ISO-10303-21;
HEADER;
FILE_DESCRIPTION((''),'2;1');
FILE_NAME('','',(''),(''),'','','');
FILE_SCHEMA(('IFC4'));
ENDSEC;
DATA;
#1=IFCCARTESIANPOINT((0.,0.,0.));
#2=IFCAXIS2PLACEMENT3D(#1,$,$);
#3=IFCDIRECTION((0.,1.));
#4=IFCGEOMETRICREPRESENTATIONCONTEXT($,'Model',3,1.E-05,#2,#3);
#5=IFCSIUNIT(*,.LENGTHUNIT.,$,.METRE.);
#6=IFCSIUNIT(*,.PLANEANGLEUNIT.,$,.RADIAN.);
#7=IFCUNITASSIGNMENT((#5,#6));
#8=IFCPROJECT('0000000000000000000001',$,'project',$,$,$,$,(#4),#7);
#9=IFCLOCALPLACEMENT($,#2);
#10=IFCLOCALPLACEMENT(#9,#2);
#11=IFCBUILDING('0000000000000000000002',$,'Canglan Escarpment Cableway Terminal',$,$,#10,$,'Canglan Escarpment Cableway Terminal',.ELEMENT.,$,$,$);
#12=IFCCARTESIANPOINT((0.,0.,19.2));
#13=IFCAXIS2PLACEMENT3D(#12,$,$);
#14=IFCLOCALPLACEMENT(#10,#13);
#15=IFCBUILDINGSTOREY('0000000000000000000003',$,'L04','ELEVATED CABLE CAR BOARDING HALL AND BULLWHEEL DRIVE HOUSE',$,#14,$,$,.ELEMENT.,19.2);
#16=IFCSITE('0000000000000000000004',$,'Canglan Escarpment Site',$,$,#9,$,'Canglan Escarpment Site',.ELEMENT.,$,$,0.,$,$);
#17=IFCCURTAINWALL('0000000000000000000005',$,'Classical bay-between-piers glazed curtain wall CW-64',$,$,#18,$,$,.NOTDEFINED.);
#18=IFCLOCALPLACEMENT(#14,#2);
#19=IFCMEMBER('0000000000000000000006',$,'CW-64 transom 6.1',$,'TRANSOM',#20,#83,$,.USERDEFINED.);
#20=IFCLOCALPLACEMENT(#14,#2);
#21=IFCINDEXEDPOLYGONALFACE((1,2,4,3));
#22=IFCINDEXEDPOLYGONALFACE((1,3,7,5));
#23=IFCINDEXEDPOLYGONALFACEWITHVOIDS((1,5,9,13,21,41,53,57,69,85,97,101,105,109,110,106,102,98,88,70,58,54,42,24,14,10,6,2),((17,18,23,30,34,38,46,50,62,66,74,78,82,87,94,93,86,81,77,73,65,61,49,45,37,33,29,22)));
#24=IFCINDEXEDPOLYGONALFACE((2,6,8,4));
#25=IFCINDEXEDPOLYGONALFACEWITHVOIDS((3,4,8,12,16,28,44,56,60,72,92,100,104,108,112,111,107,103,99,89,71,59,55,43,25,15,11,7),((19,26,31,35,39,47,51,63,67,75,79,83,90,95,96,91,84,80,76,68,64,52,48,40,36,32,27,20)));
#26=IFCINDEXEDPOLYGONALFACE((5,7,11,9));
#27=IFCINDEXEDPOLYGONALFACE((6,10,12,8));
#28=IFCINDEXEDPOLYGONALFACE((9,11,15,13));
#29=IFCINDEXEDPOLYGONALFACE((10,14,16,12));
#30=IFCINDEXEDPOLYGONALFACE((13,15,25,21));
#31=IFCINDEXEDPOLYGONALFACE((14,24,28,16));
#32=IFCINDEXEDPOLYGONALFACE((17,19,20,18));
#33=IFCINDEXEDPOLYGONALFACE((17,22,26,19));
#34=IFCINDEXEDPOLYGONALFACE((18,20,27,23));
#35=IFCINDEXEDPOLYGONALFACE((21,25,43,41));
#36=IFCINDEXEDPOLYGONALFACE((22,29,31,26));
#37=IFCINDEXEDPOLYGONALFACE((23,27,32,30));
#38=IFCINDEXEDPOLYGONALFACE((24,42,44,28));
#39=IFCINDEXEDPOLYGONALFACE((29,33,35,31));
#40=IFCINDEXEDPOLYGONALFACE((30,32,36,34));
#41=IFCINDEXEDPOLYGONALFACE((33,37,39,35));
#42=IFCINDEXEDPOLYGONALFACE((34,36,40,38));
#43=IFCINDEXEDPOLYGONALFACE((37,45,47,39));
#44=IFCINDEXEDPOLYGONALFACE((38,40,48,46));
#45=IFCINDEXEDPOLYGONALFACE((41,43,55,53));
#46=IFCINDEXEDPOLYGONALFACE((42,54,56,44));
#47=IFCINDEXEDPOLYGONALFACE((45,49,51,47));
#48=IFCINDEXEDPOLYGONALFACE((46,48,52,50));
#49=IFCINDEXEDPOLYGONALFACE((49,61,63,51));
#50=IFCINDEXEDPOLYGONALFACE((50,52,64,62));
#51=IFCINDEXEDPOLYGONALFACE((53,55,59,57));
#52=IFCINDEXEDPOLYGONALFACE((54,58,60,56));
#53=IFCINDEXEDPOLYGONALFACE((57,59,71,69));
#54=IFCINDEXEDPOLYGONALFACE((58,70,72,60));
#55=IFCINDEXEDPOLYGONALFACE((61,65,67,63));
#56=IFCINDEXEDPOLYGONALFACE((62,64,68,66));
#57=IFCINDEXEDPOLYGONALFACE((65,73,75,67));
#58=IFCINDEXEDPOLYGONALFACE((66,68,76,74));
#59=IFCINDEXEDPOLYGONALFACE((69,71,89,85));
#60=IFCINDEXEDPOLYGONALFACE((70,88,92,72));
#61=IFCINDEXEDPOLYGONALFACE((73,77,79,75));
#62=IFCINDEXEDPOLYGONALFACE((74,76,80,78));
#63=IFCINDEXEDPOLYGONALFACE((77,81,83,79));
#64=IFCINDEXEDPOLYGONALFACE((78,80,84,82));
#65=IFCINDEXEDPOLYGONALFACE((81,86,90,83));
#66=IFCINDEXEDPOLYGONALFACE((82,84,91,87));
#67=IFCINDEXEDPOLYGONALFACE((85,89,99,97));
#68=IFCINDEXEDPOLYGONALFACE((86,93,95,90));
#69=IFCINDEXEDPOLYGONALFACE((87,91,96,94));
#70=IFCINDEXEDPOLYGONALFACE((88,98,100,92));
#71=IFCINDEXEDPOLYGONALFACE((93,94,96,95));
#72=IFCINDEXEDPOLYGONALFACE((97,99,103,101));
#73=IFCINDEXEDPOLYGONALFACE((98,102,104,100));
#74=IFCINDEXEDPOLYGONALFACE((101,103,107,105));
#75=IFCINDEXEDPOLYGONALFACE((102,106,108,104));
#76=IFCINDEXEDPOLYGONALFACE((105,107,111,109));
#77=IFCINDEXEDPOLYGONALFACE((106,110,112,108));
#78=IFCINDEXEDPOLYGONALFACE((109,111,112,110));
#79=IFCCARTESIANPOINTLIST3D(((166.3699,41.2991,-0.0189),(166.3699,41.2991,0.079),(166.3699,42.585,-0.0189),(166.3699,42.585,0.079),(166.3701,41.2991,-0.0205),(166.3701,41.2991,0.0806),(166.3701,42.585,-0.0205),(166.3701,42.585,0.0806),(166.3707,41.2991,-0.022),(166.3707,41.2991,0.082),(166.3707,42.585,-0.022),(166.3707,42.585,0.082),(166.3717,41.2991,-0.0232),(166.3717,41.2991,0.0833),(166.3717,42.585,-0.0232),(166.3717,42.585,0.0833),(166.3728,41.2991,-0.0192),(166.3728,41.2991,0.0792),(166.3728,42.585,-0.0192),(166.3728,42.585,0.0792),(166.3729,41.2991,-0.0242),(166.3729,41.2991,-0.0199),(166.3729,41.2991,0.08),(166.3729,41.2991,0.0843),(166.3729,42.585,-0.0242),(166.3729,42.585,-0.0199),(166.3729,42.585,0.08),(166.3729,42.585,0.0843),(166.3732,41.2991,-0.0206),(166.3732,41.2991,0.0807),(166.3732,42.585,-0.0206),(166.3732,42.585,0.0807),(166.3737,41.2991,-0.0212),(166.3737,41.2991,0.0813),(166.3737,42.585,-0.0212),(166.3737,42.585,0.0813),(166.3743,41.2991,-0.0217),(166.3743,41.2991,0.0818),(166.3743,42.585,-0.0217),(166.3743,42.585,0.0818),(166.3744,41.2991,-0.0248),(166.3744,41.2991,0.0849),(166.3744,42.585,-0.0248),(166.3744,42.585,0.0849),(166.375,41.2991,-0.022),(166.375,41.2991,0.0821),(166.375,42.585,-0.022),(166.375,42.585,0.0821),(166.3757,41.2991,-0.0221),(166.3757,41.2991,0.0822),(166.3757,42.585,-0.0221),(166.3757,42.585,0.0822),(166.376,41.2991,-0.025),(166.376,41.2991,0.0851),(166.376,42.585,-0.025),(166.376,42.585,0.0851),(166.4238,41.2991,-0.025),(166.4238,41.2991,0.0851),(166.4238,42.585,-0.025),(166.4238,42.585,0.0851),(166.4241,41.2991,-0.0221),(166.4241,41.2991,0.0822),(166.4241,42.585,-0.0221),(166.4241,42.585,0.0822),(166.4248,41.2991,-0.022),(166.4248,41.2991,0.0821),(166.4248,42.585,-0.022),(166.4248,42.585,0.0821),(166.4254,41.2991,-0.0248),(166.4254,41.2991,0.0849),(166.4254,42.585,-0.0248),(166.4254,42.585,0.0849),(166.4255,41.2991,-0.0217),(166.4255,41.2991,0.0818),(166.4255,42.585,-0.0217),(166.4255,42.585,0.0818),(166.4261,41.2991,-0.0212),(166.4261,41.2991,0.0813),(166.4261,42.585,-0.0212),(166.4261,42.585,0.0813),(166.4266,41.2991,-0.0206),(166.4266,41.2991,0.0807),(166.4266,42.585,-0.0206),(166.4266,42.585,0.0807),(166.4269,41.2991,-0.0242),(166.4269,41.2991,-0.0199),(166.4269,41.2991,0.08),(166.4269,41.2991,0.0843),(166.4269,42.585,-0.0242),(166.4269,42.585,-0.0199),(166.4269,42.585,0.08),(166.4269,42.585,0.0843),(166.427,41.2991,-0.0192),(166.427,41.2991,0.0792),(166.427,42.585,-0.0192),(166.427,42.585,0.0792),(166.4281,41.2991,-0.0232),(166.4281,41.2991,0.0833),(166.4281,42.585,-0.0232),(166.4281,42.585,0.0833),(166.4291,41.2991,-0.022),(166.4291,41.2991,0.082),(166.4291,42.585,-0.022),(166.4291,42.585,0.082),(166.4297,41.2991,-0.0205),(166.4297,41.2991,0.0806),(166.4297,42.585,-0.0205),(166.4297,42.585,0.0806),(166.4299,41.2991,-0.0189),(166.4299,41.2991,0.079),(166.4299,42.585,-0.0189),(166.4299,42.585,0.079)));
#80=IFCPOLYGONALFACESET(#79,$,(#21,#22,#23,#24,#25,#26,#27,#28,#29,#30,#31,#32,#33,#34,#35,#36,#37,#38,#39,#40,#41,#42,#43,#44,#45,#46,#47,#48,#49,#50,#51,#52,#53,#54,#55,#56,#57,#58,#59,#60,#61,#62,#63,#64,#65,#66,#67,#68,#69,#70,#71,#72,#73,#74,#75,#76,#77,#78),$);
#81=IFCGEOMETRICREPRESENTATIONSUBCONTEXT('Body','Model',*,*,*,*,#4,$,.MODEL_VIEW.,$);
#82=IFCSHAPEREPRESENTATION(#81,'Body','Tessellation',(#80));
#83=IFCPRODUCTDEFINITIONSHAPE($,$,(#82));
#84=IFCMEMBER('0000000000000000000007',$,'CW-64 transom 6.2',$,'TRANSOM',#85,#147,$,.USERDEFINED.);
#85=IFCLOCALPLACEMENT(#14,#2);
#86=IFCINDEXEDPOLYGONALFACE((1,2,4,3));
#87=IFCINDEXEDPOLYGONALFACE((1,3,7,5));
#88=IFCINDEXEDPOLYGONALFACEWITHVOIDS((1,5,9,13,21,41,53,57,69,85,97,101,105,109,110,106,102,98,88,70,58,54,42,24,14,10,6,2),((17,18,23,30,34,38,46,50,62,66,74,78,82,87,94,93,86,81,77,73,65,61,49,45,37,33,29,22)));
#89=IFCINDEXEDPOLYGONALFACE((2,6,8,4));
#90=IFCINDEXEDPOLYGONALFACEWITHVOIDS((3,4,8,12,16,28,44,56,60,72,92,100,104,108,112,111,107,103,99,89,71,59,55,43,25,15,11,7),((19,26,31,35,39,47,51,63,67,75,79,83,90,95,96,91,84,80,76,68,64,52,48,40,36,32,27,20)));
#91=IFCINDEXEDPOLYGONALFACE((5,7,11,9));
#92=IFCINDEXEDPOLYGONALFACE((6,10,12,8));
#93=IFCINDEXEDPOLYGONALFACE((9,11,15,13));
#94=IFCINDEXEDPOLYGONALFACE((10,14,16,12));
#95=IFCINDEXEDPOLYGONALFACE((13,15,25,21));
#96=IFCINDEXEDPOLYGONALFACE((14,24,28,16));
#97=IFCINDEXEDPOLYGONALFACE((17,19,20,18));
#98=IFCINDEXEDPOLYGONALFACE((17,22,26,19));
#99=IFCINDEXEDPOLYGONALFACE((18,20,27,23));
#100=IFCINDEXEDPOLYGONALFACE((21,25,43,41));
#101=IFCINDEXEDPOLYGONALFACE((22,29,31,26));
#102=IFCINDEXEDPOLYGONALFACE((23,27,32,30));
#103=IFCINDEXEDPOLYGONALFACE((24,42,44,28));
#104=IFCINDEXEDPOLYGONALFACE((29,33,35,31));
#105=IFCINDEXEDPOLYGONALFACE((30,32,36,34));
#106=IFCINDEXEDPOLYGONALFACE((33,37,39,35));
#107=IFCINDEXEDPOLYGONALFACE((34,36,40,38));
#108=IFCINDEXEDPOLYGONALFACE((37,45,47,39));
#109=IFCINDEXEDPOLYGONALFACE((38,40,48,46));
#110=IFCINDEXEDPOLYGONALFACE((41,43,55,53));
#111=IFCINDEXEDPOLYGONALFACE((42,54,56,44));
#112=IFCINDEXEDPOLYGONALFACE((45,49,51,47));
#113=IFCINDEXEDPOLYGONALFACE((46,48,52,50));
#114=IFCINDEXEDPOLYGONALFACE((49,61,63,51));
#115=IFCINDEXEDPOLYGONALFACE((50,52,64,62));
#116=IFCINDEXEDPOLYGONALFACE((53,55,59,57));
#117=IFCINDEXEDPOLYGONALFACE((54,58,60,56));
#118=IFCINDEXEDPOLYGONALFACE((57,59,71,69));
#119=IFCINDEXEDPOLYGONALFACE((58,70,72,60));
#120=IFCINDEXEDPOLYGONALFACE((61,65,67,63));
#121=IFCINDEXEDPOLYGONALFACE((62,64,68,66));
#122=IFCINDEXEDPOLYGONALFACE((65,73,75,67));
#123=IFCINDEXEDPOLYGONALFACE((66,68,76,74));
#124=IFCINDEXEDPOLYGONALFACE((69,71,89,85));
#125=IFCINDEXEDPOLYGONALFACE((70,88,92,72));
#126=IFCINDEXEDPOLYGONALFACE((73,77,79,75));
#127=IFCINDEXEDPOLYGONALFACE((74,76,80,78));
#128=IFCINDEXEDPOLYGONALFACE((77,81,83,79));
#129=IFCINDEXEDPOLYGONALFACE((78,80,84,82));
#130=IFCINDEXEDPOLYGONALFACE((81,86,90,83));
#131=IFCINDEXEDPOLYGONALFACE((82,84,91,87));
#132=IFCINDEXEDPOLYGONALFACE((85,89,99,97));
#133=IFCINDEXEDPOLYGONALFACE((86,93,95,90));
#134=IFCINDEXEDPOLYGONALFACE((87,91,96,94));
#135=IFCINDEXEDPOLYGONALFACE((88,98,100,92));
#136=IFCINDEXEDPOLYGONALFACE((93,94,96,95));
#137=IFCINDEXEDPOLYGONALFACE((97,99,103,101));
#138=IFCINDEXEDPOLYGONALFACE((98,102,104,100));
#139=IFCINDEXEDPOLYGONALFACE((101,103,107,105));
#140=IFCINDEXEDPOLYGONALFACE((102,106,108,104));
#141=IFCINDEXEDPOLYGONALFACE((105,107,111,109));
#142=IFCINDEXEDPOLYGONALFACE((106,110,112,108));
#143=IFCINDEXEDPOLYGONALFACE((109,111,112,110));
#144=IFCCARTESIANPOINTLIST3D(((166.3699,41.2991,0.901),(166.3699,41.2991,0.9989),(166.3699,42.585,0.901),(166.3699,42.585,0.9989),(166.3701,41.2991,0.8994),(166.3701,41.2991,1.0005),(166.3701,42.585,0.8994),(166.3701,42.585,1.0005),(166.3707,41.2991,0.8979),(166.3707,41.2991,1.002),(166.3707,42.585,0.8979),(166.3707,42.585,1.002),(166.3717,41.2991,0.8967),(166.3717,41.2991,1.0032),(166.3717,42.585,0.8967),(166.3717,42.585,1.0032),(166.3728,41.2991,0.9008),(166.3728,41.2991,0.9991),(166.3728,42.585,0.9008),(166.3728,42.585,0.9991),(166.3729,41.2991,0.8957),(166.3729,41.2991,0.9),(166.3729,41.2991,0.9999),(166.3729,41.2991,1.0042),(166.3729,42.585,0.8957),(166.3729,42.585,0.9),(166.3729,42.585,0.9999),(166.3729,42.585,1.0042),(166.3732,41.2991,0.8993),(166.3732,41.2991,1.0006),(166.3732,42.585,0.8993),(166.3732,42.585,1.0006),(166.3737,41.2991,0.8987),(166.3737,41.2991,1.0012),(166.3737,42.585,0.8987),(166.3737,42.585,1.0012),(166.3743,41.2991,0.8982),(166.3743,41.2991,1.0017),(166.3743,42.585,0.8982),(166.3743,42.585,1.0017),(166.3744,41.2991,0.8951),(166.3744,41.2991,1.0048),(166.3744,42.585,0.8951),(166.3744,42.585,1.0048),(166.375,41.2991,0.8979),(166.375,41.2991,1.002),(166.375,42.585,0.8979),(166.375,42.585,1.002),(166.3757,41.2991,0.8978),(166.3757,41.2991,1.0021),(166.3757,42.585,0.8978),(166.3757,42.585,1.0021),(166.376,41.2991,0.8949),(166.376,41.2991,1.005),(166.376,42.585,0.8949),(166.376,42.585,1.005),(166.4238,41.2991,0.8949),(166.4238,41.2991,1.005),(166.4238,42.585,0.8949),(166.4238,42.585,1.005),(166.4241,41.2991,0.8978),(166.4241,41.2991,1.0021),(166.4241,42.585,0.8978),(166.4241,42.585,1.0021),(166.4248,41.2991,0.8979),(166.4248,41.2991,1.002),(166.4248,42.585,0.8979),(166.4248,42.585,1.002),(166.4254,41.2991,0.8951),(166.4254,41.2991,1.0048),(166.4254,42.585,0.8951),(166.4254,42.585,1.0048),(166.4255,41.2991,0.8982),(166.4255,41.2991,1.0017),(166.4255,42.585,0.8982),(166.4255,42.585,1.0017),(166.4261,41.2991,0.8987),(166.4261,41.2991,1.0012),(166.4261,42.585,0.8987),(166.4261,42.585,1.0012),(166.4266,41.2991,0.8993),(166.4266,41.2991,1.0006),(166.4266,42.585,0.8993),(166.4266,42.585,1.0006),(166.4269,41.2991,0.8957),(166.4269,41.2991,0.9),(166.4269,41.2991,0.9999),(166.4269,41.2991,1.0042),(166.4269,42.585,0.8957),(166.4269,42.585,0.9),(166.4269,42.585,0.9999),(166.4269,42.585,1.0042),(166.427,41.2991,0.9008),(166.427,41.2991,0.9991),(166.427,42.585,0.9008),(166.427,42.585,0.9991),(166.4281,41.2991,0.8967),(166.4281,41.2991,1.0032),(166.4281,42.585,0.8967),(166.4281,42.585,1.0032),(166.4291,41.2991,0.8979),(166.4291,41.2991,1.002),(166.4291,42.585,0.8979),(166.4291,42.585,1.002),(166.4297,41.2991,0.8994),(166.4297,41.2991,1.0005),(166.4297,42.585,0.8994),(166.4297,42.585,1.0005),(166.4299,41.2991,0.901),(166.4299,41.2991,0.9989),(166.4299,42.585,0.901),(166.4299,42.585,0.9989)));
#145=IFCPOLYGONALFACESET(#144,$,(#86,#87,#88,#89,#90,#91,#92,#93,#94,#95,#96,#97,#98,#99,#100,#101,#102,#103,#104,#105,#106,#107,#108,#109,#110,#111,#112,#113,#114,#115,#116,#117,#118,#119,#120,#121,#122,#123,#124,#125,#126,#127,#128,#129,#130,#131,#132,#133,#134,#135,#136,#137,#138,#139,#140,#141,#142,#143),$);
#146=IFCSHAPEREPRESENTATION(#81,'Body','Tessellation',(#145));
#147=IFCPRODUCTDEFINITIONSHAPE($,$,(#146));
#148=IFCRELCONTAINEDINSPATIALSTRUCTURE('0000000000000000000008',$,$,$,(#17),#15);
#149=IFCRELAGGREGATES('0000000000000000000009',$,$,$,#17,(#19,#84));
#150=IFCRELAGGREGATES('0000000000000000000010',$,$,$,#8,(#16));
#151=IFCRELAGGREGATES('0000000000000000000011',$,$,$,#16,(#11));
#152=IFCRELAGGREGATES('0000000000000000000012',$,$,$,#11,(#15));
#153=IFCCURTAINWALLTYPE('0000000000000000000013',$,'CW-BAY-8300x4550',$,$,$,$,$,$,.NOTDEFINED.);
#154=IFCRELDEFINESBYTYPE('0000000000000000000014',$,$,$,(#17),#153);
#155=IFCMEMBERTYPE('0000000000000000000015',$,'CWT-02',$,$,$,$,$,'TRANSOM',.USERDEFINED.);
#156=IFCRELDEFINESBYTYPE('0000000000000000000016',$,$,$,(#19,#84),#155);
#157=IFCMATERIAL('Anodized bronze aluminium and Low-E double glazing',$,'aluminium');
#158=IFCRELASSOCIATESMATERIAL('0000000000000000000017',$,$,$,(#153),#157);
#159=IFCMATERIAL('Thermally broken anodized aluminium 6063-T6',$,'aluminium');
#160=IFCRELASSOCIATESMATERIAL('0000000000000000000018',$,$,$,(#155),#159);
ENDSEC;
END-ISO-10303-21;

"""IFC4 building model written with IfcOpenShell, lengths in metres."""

from ifc_helpers import new_model, si_unit, direction, frame, origin, origin_2d, place, context, subcontext, project, spatial, hollow_rectangle, extrude, material, material_profile, profile_set, type_object, element, aggregate, save


model = new_model("IFC4")

# Units and contexts
model_context = context("Model", 3, precision=1e-05, world=origin(), true_north=direction((0.0, 1.0)))
body_context = subcontext(model_context, "Body", "Model", "MODEL_VIEW")
ifc_project = project(units=[si_unit("LENGTHUNIT", "METRE"), si_unit("PLANEANGLEUNIT", "RADIAN")], contexts=[model_context])

# Site, building, storey
site_placement = place(None, origin())
site = spatial("IfcSite", under=ifc_project, at=site_placement, Name="Canglan Escarpment Site", LongName="Canglan Escarpment Site", CompositionType="ELEMENT", RefElevation=0.0)
building_placement = place(site_placement, origin())
building = spatial("IfcBuilding", under=site, at=building_placement, Name="Canglan Escarpment Cableway Terminal", LongName="Canglan Escarpment Cableway Terminal", CompositionType="ELEMENT")
storey_placement = place(building_placement, frame((0.0, 0.0, 19.2)))
storey = spatial("IfcBuildingStorey", under=building, at=storey_placement, Name="L04", Description="ELEVATED CABLE CAR BOARDING HALL AND BULLWHEEL DRIVE HOUSE", CompositionType="ELEMENT", Elevation=19.2)

# Curtain wall
ifc_material_1 = material(Name="Anodized bronze aluminium and Low-E double glazing", Category="aluminium")
curtain_wall_type = type_object("IfcCurtainWallType", Name="CW-BAY-8300x4550", PredefinedType="NOTDEFINED", material=ifc_material_1)
curtain_wall_1_placement = place(storey_placement, origin())
curtain_wall_1 = element("IfcCurtainWall", 1, at=curtain_wall_1_placement, inside=storey, type_object=curtain_wall_type, Name="Classical bay-between-piers glazed curtain wall CW-64", PredefinedType="NOTDEFINED")
ifc_material_2 = material(Name="Thermally broken anodized aluminium 6063-T6", Category="aluminium")

# Members
ifc_material_profile_1 = material_profile(ifc_material_2, hollow_rectangle(XDim=0.0601, YDim=0.1101, WallThickness=0.0029, InnerFilletRadius=0.0029, OuterFilletRadius=0.0061, at=origin_2d()), Name="ALU-TRAN 60x110x3")
ifc_profile_set_1 = profile_set([ifc_material_profile_1], Name="Thermally broken anodized aluminium 6063-T6")
member_type_1 = type_object("IfcMemberType", Name="CWT-02", ElementType="TRANSOM", PredefinedType="USERDEFINED", material=ifc_profile_set_1)
member_1_placement = place(storey_placement, frame((166.3999, 41.2991, 0.03), z_axis=(0.0, 1.0, 0.0), x_axis=(-1.0, 0.0, 0.0)))
member_1 = element("IfcMember", 2, at=member_1_placement, type_object=member_type_1, Name="CW-64 transom 6.1", ObjectType="TRANSOM", PredefinedType="USERDEFINED", context=body_context, shape_type="SweptSolid", body=[
    extrude(hollow_rectangle(XDim=0.0601, YDim=0.1101, WallThickness=0.0029, InnerFilletRadius=0.0029, OuterFilletRadius=0.0061, at=origin_2d()), origin(), (0.0, 0.0, 1.0), 1.2859),
])
member_2_placement = place(storey_placement, frame((166.3999, 41.2991, 0.95), z_axis=(0.0, 1.0, 0.0), x_axis=(-1.0, 0.0, 0.0)))
member_2 = element("IfcMember", 3, at=member_2_placement, type_object=member_type_1, Name="CW-64 transom 6.2", ObjectType="TRANSOM", PredefinedType="USERDEFINED", context=body_context, shape_type="SweptSolid", body=[
    extrude(hollow_rectangle(XDim=0.0601, YDim=0.1101, WallThickness=0.0029, InnerFilletRadius=0.0029, OuterFilletRadius=0.0061, at=origin_2d()), origin(), (0.0, 0.0, 1.0), 1.2859),
])

aggregate(curtain_wall_1, [member_1, member_2])

save(model, "model.ifc")
